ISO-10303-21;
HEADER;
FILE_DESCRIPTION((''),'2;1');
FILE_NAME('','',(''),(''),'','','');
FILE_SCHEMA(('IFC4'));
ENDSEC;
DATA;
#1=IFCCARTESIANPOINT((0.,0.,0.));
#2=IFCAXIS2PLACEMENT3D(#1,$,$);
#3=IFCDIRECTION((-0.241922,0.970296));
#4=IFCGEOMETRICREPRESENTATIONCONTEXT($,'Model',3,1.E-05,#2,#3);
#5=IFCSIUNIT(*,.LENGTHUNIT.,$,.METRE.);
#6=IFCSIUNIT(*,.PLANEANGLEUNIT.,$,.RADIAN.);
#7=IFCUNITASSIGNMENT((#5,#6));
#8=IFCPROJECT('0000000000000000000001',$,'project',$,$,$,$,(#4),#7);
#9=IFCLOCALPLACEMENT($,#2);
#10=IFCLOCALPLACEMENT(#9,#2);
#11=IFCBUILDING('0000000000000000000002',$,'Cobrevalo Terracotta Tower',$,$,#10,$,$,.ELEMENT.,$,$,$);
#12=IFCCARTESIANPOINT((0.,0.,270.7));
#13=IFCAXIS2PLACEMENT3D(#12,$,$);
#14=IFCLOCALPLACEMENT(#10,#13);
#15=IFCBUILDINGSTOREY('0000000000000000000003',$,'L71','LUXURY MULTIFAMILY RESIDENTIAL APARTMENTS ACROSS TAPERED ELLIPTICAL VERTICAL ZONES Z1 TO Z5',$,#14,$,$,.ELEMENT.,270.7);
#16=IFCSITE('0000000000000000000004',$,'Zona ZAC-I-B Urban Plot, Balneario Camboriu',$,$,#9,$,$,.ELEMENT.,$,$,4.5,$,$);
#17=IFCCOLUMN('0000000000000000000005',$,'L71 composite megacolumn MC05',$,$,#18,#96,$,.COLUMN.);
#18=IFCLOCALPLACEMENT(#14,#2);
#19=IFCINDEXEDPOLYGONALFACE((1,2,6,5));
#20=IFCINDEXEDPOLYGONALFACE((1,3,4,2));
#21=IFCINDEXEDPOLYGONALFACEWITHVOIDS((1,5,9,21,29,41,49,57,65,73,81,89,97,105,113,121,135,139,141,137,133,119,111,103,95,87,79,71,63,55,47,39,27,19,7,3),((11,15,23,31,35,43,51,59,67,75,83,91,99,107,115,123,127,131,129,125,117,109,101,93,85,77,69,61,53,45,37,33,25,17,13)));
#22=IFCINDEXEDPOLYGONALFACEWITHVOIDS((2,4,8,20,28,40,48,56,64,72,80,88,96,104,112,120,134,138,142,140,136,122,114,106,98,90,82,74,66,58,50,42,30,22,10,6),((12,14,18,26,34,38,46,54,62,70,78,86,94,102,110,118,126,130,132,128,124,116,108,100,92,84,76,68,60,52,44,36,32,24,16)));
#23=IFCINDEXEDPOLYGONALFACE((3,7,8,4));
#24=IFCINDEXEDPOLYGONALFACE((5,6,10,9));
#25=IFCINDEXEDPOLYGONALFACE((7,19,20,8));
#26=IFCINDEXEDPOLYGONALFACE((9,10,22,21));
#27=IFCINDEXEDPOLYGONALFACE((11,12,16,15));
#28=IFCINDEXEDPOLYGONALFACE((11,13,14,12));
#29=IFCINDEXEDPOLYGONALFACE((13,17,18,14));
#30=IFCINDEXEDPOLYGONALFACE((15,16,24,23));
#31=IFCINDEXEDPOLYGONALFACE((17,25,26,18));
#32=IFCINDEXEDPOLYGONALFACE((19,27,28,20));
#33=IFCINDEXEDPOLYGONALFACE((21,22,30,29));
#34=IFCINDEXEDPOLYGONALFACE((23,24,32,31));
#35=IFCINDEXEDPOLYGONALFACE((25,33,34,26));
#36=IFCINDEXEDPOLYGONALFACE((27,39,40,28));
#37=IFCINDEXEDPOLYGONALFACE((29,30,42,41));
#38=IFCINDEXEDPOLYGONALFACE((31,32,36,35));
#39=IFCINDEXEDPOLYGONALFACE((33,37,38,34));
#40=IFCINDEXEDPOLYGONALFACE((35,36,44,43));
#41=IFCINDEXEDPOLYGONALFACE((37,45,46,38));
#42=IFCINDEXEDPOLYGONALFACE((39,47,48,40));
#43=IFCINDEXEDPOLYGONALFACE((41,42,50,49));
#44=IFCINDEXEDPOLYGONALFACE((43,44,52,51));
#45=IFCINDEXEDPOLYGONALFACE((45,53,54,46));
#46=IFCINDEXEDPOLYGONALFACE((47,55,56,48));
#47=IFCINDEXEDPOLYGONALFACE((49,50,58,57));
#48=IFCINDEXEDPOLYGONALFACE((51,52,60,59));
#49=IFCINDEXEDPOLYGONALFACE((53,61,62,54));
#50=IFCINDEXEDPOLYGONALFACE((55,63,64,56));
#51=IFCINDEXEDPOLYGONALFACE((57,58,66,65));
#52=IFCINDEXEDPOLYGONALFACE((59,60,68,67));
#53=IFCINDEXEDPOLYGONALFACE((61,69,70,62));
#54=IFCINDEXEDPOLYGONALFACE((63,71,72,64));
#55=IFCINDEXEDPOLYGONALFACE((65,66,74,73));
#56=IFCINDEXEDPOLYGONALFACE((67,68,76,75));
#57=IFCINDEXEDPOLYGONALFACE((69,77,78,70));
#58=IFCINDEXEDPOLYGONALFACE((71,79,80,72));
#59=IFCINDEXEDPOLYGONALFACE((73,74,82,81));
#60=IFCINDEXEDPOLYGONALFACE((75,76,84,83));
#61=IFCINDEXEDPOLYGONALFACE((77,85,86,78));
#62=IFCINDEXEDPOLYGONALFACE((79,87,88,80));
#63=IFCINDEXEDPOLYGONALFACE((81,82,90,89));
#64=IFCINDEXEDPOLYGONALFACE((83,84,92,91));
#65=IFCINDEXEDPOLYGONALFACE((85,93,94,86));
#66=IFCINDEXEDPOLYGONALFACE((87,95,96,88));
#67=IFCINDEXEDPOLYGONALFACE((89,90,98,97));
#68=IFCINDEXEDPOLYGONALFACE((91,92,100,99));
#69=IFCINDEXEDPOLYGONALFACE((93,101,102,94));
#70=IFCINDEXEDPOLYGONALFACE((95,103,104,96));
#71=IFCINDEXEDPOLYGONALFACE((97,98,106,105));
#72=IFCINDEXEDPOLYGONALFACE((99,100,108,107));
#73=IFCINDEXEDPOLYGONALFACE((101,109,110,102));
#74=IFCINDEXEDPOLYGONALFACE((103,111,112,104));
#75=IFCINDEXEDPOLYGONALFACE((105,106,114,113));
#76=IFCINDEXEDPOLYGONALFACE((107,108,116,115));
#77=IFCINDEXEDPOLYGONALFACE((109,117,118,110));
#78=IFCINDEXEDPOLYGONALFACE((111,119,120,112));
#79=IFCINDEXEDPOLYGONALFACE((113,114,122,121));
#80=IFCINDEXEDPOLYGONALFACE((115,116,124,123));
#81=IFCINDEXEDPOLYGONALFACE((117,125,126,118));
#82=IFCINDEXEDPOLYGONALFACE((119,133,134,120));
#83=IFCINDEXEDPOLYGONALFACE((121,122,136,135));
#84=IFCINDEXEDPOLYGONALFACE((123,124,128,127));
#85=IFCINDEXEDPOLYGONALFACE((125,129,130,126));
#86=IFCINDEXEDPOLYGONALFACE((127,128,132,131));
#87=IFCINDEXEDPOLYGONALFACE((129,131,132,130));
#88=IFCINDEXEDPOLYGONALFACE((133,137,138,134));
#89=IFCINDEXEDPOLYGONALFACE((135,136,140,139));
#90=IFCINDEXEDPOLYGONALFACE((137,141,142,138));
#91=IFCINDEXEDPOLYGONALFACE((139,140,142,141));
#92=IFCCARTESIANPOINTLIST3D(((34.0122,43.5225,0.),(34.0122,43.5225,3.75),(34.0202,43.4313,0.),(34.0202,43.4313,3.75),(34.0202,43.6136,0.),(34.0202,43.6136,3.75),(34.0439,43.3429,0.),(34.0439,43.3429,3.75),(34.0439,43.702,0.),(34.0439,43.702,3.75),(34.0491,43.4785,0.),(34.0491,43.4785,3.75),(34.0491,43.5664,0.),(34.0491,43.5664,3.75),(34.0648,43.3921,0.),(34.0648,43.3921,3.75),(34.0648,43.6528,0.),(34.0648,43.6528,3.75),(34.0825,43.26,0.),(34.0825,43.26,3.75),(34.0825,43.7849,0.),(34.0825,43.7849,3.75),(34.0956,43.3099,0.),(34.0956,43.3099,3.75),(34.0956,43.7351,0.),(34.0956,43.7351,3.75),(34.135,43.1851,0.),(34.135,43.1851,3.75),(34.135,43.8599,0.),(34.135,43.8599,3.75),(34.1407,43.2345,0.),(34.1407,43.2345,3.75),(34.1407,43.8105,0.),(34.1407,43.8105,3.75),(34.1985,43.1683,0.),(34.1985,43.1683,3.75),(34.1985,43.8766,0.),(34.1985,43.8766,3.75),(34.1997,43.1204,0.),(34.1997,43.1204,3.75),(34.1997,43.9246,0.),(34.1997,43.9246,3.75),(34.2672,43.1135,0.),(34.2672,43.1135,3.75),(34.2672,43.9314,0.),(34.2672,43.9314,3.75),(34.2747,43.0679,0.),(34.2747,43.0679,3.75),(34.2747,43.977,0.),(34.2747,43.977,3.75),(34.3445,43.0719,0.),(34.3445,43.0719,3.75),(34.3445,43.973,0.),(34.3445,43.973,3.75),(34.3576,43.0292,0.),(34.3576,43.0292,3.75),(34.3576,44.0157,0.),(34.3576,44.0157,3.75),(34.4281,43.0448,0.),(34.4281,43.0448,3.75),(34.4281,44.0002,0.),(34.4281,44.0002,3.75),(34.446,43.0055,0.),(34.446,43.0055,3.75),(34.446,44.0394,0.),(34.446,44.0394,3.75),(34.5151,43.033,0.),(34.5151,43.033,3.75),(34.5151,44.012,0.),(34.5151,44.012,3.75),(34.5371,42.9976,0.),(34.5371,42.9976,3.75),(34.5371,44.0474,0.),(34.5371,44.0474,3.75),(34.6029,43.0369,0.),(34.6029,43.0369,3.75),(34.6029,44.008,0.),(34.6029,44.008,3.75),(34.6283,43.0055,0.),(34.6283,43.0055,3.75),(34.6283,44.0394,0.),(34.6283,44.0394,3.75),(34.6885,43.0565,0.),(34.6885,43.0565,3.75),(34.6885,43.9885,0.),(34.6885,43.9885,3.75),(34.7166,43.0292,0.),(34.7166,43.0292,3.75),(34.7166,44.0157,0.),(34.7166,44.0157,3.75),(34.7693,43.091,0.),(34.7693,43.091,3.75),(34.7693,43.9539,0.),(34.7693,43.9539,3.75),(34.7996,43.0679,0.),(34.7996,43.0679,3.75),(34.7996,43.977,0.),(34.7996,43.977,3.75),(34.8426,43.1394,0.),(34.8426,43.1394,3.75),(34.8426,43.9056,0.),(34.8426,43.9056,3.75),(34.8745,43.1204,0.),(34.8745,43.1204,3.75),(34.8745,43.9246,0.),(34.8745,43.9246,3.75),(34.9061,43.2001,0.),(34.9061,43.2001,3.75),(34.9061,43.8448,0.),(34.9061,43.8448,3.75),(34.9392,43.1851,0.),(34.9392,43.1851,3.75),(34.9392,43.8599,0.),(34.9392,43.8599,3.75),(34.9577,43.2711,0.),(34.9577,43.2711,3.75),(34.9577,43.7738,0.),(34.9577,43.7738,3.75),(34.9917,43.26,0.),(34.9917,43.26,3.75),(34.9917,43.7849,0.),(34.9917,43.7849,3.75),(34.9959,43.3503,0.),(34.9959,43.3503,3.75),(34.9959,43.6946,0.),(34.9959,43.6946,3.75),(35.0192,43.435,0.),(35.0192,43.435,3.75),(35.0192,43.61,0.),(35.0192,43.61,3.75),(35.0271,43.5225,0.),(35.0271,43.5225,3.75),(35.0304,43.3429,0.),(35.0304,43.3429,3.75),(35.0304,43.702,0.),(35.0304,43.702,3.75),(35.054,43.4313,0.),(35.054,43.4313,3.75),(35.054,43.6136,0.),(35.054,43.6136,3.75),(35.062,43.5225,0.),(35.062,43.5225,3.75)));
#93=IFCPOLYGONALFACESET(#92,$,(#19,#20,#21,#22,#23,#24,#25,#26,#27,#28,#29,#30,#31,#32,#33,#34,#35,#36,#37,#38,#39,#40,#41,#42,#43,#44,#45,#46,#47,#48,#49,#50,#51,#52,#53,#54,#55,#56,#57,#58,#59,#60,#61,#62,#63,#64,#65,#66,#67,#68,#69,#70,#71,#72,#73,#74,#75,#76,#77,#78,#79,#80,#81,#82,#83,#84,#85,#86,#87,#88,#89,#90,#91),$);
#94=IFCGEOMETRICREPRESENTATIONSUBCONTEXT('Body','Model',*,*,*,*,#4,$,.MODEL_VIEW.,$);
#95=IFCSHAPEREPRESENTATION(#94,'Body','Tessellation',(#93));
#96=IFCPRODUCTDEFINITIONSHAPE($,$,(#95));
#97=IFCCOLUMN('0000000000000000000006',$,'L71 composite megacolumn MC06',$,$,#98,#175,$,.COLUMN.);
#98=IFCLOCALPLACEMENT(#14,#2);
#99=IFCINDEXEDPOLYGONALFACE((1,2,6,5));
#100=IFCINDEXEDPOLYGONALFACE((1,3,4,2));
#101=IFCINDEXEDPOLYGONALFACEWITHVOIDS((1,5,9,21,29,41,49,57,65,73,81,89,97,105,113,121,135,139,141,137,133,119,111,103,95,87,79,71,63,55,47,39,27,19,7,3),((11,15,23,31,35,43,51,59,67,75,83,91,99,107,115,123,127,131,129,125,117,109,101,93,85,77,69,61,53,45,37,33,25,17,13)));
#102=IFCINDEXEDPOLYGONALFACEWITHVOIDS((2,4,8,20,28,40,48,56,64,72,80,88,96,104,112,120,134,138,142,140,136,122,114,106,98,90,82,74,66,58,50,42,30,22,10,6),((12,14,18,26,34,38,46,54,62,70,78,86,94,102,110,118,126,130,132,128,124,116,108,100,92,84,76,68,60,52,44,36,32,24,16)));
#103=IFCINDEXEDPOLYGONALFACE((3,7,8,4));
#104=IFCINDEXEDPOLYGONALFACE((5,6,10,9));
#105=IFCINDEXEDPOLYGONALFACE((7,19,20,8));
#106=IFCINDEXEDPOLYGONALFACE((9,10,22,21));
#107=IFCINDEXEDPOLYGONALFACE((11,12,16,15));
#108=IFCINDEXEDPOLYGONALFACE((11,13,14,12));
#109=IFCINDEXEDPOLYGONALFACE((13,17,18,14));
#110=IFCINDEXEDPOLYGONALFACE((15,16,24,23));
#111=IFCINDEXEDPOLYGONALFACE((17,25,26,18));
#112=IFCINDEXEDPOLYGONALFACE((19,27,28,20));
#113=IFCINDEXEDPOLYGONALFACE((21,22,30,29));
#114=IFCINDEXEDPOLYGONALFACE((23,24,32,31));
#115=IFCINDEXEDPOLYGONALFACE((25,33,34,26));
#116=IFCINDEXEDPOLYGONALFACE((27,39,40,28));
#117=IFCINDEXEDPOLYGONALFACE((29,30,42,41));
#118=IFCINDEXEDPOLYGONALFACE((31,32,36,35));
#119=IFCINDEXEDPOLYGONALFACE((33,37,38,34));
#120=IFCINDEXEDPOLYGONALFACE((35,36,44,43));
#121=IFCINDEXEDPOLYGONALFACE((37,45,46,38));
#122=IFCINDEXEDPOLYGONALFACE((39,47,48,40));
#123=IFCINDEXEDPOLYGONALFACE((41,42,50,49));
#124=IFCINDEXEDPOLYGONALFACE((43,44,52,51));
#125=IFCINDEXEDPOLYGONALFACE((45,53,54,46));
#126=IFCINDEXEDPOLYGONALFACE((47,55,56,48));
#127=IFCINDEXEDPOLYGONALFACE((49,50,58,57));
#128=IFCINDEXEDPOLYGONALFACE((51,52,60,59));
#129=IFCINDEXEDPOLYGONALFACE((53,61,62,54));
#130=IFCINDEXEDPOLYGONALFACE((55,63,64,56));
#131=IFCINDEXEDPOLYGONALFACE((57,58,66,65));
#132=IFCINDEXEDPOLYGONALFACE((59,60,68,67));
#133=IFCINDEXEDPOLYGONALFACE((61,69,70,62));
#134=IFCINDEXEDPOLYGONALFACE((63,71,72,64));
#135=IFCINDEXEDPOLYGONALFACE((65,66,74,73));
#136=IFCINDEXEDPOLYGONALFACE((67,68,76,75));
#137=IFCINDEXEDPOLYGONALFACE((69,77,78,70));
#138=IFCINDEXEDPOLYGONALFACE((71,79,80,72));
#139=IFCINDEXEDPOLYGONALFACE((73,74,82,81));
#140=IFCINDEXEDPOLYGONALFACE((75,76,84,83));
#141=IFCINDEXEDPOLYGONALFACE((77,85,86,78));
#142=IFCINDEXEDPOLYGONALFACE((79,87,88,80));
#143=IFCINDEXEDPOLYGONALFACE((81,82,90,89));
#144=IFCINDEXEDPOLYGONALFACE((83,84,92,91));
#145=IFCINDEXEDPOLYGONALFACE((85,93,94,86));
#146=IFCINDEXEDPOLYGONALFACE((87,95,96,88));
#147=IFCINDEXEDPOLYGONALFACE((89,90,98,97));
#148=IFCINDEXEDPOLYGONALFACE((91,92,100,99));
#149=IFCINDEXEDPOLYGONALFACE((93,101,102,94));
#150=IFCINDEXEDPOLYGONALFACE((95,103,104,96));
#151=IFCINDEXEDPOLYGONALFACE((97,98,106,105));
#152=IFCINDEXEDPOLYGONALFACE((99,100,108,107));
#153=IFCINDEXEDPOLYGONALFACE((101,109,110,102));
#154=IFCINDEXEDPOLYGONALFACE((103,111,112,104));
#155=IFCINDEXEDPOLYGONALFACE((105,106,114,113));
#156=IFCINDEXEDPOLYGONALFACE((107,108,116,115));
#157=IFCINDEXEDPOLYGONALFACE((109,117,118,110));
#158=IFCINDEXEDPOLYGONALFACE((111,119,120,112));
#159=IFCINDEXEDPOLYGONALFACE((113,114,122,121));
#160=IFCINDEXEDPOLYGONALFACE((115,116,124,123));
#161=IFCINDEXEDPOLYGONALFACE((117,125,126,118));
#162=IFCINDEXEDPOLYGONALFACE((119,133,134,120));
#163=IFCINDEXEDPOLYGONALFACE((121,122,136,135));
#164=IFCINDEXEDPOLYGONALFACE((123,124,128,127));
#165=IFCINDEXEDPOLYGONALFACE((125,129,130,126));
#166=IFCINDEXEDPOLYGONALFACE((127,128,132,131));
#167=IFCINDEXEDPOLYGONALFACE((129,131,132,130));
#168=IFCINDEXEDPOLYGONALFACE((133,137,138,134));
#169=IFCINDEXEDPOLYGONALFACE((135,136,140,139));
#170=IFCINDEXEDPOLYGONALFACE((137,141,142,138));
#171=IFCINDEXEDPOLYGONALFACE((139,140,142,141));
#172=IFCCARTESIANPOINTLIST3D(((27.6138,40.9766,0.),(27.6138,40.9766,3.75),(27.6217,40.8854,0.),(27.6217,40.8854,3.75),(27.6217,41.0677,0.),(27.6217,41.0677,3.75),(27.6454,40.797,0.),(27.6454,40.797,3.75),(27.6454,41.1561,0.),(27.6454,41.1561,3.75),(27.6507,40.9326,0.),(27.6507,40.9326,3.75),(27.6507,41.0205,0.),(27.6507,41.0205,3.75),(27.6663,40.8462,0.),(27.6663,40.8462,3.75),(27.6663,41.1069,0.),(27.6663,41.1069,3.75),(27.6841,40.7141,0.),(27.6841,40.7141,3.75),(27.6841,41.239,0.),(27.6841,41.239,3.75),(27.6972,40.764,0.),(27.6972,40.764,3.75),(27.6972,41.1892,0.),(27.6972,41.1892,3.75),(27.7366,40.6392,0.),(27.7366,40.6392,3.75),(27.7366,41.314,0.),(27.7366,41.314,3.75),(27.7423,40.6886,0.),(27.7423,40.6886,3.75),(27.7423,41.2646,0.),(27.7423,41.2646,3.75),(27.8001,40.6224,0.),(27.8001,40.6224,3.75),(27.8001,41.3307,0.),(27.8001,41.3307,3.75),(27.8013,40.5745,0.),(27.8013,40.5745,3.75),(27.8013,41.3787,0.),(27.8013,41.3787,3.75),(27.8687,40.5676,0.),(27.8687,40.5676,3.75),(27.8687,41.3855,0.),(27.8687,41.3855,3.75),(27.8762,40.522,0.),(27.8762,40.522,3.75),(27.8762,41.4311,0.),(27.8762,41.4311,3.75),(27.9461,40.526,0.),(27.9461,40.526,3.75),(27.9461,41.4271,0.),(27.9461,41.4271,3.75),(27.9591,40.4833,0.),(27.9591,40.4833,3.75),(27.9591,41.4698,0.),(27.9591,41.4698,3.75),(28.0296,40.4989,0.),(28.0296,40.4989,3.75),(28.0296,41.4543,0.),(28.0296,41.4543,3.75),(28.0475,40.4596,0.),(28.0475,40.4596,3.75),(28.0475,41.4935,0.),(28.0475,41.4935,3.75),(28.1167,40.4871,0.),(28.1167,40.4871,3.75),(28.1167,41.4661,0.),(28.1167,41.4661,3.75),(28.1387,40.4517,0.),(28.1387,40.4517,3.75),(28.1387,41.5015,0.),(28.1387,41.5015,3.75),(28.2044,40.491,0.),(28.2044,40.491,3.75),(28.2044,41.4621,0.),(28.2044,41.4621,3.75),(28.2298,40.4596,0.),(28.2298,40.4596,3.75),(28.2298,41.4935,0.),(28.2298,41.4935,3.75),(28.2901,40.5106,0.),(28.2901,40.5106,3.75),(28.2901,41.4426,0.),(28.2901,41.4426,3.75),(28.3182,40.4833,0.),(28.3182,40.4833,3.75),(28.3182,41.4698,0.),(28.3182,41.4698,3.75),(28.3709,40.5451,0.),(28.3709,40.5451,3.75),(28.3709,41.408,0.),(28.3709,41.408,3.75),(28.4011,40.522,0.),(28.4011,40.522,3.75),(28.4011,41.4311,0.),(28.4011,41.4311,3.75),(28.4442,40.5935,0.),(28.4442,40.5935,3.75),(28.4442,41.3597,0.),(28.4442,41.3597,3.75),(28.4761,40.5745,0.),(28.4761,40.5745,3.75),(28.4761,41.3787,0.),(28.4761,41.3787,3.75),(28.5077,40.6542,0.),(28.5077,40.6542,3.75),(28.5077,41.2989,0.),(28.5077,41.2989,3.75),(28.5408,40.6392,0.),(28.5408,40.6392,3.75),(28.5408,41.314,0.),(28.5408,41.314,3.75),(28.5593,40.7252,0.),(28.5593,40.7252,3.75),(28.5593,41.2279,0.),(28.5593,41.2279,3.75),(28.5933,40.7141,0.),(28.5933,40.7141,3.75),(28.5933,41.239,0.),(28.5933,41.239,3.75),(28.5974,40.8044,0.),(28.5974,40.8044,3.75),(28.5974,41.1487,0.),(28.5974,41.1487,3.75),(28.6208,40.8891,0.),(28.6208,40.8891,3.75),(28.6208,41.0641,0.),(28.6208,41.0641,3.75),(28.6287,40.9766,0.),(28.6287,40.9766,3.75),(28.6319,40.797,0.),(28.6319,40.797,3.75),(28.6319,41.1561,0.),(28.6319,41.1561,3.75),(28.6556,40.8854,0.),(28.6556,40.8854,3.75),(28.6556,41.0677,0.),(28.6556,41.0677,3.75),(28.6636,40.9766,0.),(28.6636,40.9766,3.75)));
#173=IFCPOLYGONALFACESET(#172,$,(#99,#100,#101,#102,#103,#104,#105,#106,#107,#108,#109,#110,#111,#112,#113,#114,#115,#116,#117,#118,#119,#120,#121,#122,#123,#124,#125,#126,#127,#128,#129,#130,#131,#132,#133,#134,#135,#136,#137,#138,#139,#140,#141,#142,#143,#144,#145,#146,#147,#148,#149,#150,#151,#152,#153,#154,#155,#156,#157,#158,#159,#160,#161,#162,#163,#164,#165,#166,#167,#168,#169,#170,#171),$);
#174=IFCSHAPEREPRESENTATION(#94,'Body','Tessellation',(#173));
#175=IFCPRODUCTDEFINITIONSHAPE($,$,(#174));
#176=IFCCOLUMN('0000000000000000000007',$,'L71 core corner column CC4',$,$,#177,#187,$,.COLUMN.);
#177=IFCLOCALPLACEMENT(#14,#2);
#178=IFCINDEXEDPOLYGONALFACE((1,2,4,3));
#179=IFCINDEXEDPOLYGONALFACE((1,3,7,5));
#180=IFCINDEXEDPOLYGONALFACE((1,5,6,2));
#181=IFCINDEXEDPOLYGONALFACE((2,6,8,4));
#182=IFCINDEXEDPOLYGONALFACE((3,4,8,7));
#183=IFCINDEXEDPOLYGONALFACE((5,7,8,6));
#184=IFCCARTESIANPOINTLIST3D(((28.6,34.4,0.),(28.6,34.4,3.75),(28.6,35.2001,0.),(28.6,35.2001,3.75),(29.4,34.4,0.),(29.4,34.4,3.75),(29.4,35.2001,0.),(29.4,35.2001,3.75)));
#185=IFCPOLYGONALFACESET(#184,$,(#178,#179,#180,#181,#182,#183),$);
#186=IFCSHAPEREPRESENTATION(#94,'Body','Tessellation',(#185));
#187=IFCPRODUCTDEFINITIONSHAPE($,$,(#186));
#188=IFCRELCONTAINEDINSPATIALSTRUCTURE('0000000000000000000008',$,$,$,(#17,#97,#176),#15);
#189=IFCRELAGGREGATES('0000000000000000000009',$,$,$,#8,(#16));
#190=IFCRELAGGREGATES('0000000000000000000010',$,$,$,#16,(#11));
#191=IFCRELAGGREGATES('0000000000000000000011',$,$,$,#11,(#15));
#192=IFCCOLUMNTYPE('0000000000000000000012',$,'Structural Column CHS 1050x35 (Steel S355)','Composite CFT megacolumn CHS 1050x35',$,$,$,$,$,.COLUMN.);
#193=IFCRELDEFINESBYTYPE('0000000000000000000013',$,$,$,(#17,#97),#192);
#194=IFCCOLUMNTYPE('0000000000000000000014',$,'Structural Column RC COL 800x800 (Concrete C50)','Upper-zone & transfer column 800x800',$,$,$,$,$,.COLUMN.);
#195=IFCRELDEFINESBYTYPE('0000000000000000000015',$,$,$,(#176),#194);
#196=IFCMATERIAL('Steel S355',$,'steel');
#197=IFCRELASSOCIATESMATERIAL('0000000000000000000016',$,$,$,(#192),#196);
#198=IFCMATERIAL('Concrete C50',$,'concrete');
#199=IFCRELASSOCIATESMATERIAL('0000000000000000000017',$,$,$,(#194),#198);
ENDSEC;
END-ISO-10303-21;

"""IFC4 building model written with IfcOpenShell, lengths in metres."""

from ifc_helpers import new_model, si_unit, direction, frame, origin, origin_2d, place, context, subcontext, project, spatial, rectangle, hollow_circle, extrude, material, material_profile, profile_set, type_object, element, save


model = new_model("IFC4")

# Units and contexts
model_context = context("Model", 3, precision=1e-05, world=origin(), true_north=direction((-0.241922, 0.970296)))
body_context = subcontext(model_context, "Body", "Model", "MODEL_VIEW")
ifc_project = project(units=[si_unit("LENGTHUNIT", "METRE"), si_unit("PLANEANGLEUNIT", "RADIAN")], contexts=[model_context])

# Site, building, storey
site_placement = place(None, origin())
site = spatial("IfcSite", under=ifc_project, at=site_placement, Name="Zona ZAC-I-B Urban Plot, Balneario Camboriu", CompositionType="ELEMENT", RefElevation=4.5)
building_placement = place(site_placement, origin())
building = spatial("IfcBuilding", under=site, at=building_placement, Name="Cobrevalo Terracotta Tower", CompositionType="ELEMENT")
storey_placement = place(building_placement, frame((0.0, 0.0, 270.7)))
storey = spatial("IfcBuildingStorey", under=building, at=storey_placement, Name="L71", Description="LUXURY MULTIFAMILY RESIDENTIAL APARTMENTS ACROSS TAPERED ELLIPTICAL VERTICAL ZONES Z1 TO Z5", CompositionType="ELEMENT", Elevation=270.7)

# Columns
ifc_material_1 = material(Name="Steel S355", Category="steel")
ifc_material_profile_1 = material_profile(ifc_material_1, hollow_circle(Radius=0.5249, WallThickness=0.0349, at=origin_2d()), Name="CHS 1050x35")
ifc_profile_set_1 = profile_set([ifc_material_profile_1], Name="Steel S355")
column_type_1 = type_object("IfcColumnType", Name="Structural Column CHS 1050x35 (Steel S355)", Description="Composite CFT megacolumn CHS 1050x35", PredefinedType="COLUMN", material=ifc_profile_set_1)
for number, where, z_axis, x_axis, name in (
    (1, (34.5371, 43.5225, 0.0), (0.0, 0.0, 1.0), (1.0, 0.0, 0.0), "L71 composite megacolumn MC05"),
    (2, (28.1387, 40.9766, 0.0), (0.0, 0.0, 1.0), (1.0, 0.0, 0.0), "L71 composite megacolumn MC06"),
):
    element("IfcColumn", number, at=place(storey_placement, frame(where, z_axis=z_axis, x_axis=x_axis)), inside=storey, type_object=column_type_1, Name=name, PredefinedType="COLUMN", context=body_context, shape_type="SweptSolid", body=[
        extrude(hollow_circle(Radius=0.5249, WallThickness=0.0349, at=origin_2d()), origin(), (0.0, 0.0, 1.0), 3.75),
    ])
ifc_material_2 = material(Name="Concrete C50", Category="concrete")
ifc_material_profile_2 = material_profile(ifc_material_2, rectangle(XDim=0.8, YDim=0.8, at=origin_2d()), Name="RC COL 800x800")
ifc_profile_set_2 = profile_set([ifc_material_profile_2], Name="Concrete C50")
column_type_2 = type_object("IfcColumnType", Name="Structural Column RC COL 800x800 (Concrete C50)", Description="Upper-zone & transfer column 800x800", PredefinedType="COLUMN", material=ifc_profile_set_2)
column_placement = place(storey_placement, frame((29.0, 34.8, 0.0), z_axis=(0.0, 0.0, 1.0), x_axis=(1.0, 0.0, 0.0)))
element("IfcColumn", 3, at=column_placement, inside=storey, type_object=column_type_2, Name="L71 core corner column CC4", PredefinedType="COLUMN", context=body_context, shape_type="SweptSolid", body=[
    extrude(rectangle(XDim=0.8, YDim=0.8, at=origin_2d()), origin(), (0.0, 0.0, 1.0), 3.75),
])

save(model, "model.ifc")
